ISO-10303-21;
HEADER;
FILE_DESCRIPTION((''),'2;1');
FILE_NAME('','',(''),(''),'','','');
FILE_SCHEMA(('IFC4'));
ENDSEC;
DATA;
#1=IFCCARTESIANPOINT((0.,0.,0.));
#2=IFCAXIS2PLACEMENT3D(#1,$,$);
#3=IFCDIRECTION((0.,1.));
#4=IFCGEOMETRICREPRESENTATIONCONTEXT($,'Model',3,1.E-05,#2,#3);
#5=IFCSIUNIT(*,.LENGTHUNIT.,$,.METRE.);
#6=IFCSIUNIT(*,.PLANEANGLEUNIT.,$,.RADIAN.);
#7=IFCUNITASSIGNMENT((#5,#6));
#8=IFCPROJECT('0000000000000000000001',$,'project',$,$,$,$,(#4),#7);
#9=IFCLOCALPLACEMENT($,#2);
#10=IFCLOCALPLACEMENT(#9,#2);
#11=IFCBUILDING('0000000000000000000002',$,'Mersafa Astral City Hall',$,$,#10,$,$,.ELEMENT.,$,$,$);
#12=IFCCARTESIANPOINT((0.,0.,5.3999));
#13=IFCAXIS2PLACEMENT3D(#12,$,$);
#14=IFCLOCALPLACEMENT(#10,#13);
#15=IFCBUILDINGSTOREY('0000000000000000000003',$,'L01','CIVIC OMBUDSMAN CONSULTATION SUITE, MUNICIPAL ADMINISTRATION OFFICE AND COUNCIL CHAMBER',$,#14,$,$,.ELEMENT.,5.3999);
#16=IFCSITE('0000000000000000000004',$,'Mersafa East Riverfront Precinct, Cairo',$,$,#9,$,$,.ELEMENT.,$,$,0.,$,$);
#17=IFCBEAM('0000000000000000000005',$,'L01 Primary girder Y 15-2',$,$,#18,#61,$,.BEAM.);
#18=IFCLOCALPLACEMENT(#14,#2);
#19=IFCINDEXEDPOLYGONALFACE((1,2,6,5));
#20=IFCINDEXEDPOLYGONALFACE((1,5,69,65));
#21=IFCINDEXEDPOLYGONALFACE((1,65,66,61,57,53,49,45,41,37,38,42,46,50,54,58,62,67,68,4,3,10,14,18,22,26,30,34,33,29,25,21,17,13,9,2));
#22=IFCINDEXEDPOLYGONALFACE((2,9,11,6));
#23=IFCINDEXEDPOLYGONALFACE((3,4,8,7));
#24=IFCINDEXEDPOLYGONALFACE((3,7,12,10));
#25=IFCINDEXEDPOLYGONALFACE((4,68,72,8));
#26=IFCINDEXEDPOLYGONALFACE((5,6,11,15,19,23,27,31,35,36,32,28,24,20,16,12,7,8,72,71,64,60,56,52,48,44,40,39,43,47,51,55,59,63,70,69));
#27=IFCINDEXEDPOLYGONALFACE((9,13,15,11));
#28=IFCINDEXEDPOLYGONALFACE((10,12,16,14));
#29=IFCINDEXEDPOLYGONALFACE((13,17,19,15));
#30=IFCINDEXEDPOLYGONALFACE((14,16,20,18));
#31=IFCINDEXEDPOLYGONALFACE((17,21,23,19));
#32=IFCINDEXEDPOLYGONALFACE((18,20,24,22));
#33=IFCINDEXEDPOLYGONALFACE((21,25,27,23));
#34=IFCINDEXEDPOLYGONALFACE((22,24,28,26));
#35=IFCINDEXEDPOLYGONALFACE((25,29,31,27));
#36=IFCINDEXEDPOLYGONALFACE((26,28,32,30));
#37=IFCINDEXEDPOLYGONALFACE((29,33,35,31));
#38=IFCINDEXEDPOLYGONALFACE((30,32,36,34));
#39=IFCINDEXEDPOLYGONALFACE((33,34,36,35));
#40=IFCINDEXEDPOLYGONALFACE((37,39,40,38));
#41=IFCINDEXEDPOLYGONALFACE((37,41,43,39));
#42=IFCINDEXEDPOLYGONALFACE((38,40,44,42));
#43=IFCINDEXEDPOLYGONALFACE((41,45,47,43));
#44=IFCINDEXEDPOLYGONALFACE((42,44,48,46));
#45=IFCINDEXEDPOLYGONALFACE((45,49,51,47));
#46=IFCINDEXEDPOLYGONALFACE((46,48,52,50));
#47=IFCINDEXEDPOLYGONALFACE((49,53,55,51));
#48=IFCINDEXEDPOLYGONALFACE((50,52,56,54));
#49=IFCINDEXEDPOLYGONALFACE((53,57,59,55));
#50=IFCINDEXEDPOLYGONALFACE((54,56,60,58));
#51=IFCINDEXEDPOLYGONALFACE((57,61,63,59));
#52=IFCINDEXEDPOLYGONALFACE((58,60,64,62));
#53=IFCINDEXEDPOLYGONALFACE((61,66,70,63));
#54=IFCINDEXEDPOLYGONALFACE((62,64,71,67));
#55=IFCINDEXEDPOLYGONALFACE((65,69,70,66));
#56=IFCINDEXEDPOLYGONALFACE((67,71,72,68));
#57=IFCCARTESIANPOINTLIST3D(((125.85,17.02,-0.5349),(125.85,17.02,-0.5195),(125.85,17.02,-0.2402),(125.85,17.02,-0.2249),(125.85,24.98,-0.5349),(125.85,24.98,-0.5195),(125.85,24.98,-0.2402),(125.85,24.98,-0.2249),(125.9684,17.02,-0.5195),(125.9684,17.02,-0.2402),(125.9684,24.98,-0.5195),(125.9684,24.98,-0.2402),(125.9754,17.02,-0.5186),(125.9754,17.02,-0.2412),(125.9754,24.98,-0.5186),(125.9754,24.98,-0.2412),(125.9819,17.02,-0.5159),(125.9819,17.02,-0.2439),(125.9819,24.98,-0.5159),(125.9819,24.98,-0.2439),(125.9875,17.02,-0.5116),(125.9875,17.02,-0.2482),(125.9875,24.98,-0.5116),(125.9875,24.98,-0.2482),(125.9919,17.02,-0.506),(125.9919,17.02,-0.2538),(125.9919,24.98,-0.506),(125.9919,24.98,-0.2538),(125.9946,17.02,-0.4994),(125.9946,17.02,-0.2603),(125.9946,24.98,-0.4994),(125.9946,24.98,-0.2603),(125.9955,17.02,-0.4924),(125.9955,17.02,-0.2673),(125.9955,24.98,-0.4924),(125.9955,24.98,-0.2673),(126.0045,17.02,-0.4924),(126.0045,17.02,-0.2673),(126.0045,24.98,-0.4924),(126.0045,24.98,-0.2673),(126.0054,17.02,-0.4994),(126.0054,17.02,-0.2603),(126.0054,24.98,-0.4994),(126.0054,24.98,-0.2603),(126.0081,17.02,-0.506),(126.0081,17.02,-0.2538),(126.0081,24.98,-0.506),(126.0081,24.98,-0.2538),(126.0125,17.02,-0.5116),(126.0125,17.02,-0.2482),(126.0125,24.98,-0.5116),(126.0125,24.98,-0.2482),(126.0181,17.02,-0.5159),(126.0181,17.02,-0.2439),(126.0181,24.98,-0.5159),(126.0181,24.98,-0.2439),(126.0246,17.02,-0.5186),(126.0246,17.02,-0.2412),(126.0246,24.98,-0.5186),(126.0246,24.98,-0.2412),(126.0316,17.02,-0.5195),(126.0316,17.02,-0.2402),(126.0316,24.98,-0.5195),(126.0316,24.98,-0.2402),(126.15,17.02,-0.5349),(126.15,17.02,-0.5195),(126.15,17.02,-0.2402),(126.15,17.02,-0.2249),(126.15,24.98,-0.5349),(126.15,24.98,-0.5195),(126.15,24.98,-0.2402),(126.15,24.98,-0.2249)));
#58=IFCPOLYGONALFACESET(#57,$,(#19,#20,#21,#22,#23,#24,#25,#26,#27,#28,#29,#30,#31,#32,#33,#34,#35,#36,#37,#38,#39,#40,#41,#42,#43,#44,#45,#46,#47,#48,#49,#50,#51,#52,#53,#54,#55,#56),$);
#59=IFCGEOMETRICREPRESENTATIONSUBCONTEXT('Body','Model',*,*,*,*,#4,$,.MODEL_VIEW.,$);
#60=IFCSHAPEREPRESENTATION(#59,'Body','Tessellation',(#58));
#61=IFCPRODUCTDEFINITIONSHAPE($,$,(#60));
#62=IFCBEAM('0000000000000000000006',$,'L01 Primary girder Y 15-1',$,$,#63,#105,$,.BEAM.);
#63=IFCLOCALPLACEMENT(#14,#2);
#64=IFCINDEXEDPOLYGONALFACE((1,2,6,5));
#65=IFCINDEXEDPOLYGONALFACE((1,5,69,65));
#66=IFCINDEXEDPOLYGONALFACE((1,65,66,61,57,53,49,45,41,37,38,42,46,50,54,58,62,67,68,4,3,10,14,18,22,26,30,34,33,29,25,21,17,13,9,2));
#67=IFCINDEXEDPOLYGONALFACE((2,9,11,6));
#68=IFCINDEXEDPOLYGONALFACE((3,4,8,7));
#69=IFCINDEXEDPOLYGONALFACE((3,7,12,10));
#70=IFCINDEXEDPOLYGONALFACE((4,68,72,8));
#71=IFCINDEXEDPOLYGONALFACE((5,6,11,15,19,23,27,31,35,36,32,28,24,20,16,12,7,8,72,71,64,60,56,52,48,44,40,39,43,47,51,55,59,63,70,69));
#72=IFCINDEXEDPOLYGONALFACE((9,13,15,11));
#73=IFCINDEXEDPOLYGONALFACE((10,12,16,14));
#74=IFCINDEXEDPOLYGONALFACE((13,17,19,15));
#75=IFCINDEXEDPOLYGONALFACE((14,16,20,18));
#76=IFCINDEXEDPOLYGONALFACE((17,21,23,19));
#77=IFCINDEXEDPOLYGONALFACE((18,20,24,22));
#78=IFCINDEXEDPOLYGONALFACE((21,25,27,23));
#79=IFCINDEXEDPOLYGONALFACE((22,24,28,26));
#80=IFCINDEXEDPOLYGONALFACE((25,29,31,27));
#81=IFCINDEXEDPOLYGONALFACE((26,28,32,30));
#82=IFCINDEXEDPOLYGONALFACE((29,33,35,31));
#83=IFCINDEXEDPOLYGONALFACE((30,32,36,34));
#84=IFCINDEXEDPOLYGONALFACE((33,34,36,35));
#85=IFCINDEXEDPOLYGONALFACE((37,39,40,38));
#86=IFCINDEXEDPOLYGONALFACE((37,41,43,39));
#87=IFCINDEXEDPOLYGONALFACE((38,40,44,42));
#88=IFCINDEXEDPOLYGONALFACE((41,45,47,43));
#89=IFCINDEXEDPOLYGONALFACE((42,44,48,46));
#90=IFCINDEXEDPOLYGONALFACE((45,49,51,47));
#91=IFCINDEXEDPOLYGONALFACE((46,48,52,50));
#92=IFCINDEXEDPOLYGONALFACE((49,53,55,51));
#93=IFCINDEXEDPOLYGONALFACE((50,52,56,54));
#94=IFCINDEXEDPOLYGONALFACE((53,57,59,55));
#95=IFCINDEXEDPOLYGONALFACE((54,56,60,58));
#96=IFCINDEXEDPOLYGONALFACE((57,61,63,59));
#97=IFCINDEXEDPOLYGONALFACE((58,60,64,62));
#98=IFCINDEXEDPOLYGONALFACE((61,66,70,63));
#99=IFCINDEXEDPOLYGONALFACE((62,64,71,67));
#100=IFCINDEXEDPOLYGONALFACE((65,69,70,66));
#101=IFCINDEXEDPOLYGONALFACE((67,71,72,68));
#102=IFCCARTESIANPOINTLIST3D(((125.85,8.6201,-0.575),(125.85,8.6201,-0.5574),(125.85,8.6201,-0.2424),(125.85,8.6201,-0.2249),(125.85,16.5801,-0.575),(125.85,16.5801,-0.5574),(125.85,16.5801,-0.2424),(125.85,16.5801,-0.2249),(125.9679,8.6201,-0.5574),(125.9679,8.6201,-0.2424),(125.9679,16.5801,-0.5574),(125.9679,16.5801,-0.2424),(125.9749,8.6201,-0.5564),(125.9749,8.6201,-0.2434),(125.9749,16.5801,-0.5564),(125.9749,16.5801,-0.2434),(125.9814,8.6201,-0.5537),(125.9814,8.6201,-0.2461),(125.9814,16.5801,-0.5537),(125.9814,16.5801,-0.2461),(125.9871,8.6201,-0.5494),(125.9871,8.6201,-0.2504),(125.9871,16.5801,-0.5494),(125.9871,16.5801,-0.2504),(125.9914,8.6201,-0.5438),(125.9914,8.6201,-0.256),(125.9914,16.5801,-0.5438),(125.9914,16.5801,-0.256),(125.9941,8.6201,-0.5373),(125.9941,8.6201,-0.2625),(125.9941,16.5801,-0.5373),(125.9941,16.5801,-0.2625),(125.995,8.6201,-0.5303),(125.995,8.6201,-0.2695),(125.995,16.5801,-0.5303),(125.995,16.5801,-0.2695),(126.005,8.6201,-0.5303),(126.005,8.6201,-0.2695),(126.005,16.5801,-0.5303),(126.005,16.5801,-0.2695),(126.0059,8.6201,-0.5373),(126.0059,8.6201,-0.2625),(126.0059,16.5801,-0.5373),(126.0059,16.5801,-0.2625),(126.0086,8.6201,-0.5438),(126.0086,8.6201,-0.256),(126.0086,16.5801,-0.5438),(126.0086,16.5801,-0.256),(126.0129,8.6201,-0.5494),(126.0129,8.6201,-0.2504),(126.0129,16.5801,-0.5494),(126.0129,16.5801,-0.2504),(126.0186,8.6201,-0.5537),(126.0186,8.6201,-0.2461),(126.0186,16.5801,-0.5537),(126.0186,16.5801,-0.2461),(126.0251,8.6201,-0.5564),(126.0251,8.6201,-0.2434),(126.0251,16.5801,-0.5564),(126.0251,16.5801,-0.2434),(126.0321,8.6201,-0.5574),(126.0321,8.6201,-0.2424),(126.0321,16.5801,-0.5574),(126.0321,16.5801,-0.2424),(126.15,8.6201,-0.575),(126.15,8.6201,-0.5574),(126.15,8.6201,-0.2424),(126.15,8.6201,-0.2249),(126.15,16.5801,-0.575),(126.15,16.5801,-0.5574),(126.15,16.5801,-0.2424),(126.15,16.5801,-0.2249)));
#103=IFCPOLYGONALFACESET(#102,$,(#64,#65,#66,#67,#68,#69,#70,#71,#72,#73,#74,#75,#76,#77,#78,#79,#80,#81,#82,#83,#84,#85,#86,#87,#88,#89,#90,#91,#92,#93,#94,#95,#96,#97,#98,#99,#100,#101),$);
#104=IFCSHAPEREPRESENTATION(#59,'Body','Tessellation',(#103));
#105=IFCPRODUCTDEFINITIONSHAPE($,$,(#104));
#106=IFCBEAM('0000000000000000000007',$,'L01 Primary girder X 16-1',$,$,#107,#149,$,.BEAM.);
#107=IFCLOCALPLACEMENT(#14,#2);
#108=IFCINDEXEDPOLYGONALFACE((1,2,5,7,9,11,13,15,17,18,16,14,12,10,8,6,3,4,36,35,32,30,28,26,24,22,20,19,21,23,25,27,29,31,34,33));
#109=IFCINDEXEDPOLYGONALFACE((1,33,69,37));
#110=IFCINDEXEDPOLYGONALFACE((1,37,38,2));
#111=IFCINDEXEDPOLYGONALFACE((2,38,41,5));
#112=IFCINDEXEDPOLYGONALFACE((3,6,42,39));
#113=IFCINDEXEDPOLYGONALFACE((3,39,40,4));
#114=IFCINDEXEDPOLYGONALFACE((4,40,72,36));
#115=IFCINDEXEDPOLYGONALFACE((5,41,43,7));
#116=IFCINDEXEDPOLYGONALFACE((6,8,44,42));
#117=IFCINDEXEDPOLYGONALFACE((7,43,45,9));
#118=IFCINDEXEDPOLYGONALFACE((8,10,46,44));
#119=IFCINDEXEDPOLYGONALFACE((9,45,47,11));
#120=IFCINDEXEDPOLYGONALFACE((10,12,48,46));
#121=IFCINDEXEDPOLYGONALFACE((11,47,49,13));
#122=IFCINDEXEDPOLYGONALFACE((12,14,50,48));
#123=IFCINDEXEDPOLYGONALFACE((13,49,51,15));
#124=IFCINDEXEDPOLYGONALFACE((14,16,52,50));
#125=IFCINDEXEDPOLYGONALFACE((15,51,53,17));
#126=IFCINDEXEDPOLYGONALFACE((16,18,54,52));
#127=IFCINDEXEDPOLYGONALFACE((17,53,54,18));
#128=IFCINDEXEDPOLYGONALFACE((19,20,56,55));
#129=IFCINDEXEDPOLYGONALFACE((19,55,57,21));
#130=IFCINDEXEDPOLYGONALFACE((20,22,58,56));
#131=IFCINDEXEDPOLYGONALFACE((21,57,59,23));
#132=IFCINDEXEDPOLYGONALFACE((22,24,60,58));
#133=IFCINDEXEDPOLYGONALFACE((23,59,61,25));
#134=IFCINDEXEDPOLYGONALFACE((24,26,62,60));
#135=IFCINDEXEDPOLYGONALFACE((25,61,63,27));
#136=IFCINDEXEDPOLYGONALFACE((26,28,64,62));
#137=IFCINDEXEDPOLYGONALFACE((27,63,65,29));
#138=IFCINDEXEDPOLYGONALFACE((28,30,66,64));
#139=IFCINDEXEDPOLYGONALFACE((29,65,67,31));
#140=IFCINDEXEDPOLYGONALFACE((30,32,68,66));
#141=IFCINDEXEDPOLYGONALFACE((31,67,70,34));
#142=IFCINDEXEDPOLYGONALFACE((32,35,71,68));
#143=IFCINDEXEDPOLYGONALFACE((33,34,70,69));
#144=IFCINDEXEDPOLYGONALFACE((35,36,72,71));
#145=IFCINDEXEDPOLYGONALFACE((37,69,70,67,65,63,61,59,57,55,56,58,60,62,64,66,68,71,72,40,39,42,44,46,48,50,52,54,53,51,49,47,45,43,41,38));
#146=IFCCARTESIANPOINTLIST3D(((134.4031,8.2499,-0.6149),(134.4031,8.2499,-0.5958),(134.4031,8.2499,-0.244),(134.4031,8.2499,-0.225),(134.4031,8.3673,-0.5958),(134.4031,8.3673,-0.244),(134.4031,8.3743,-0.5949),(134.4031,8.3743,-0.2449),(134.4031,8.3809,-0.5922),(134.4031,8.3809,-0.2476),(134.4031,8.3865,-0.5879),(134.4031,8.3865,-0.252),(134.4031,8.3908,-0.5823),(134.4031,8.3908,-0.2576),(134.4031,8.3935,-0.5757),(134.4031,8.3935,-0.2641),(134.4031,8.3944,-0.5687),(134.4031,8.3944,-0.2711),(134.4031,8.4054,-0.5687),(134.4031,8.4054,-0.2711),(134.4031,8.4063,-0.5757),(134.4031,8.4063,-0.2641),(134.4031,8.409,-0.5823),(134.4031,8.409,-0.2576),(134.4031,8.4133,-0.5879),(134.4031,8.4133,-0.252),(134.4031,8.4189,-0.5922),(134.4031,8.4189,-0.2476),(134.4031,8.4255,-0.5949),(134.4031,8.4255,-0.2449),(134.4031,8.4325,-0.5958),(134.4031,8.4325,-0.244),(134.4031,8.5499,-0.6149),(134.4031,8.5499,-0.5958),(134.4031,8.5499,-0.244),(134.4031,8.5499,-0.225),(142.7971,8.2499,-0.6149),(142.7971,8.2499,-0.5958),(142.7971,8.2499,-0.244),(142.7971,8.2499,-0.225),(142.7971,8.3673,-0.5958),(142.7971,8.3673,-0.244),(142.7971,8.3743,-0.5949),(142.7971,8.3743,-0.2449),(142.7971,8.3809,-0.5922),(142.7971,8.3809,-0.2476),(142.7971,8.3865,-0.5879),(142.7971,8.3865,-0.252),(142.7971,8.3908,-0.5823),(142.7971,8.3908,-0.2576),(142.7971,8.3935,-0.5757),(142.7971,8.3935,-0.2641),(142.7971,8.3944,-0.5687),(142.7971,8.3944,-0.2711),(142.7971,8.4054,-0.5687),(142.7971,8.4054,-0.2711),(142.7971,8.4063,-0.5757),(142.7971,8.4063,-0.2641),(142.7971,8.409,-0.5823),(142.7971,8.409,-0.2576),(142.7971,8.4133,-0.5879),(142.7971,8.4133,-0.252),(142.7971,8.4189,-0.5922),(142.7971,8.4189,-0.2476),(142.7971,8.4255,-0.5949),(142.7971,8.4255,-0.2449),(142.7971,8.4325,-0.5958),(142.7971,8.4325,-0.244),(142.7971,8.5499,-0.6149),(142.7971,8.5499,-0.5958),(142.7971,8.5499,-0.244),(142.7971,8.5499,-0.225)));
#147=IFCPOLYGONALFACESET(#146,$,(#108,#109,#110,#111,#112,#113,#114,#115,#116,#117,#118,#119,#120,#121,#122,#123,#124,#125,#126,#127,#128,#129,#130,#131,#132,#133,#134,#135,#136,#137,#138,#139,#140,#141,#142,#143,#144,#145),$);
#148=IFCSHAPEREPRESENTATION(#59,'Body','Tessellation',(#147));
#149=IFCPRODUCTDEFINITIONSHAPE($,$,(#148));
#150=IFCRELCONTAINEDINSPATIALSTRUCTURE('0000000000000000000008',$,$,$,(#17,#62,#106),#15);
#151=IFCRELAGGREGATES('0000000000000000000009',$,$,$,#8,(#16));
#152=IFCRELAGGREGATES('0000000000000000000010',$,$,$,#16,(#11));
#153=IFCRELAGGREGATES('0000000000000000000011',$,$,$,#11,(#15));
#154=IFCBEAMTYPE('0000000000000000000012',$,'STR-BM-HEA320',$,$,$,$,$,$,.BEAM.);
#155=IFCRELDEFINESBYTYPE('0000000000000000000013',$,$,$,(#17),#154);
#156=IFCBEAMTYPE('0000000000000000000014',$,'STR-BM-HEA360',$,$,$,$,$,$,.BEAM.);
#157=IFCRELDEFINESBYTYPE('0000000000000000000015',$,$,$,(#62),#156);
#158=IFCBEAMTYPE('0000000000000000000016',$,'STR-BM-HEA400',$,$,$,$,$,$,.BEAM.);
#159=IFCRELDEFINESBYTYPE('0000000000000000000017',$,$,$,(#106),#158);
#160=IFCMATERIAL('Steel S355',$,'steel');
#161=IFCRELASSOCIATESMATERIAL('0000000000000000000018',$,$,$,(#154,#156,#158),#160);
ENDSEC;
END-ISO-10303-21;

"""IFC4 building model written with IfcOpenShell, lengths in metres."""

from ifc_helpers import new_model, si_unit, direction, frame, origin, origin_2d, place, context, subcontext, project, spatial, i_section, extrude, material, material_profile, profile_set, type_object, element, save


model = new_model("IFC4")

# Units and contexts
model_context = context("Model", 3, precision=1e-05, world=origin(), true_north=direction((0.0, 1.0)))
body_context = subcontext(model_context, "Body", "Model", "MODEL_VIEW")
ifc_project = project(units=[si_unit("LENGTHUNIT", "METRE"), si_unit("PLANEANGLEUNIT", "RADIAN")], contexts=[model_context])

# Site, building, storey
site_placement = place(None, origin())
site = spatial("IfcSite", under=ifc_project, at=site_placement, Name="Mersafa East Riverfront Precinct, Cairo", CompositionType="ELEMENT", RefElevation=0.0)
building_placement = place(site_placement, origin())
building = spatial("IfcBuilding", under=site, at=building_placement, Name="Mersafa Astral City Hall", CompositionType="ELEMENT")
storey_placement = place(building_placement, frame((0.0, 0.0, 5.3999)))
storey = spatial("IfcBuildingStorey", under=building, at=storey_placement, Name="L01", Description="CIVIC OMBUDSMAN CONSULTATION SUITE, MUNICIPAL ADMINISTRATION OFFICE AND COUNCIL CHAMBER", CompositionType="ELEMENT", Elevation=5.3999)

# Shared definitions
ifc_material_1 = material(Name="Steel S355", Category="steel")

# Beams
ifc_material_profile_1 = material_profile(ifc_material_1, i_section(OverallWidth=0.3, OverallDepth=0.3101, WebThickness=0.009, FlangeThickness=0.0154, FilletRadius=0.0271, at=origin_2d()), Name="HEA 320")
ifc_profile_set_1 = profile_set([ifc_material_profile_1], Name="Steel S355")
beam_type_1 = type_object("IfcBeamType", Name="STR-BM-HEA320", PredefinedType="BEAM", material=ifc_profile_set_1)
beam_1_placement = place(storey_placement, frame((126.0, 17.02, -0.3799), z_axis=(0.0, 1.0, 0.0), x_axis=(-1.0, 0.0, 0.0)))
element("IfcBeam", 1, at=beam_1_placement, inside=storey, type_object=beam_type_1, Name="L01 Primary girder Y 15-2", PredefinedType="BEAM", context=body_context, shape_type="SweptSolid", body=[
    extrude(i_section(OverallWidth=0.3, OverallDepth=0.3101, WebThickness=0.009, FlangeThickness=0.0154, FilletRadius=0.0271, at=origin_2d()), origin(), (0.0, 0.0, 1.0), 7.96),
])
ifc_material_profile_2 = material_profile(ifc_material_1, i_section(OverallWidth=0.3, OverallDepth=0.3501, WebThickness=0.01, FlangeThickness=0.0176, FilletRadius=0.0271, at=origin_2d()), Name="HEA 360")
ifc_profile_set_2 = profile_set([ifc_material_profile_2], Name="Steel S355")
beam_type_2 = type_object("IfcBeamType", Name="STR-BM-HEA360", PredefinedType="BEAM", material=ifc_profile_set_2)
beam_2_placement = place(storey_placement, frame((126.0, 8.6201, -0.3999), z_axis=(0.0, 1.0, 0.0), x_axis=(-1.0, 0.0, 0.0)))
element("IfcBeam", 2, at=beam_2_placement, inside=storey, type_object=beam_type_2, Name="L01 Primary girder Y 15-1", PredefinedType="BEAM", context=body_context, shape_type="SweptSolid", body=[
    extrude(i_section(OverallWidth=0.3, OverallDepth=0.3501, WebThickness=0.01, FlangeThickness=0.0176, FilletRadius=0.0271, at=origin_2d()), origin(), (0.0, 0.0, 1.0), 7.96),
])
ifc_material_profile_3 = material_profile(ifc_material_1, i_section(OverallWidth=0.3, OverallDepth=0.3899, WebThickness=0.011, FlangeThickness=0.019, FilletRadius=0.0271, at=origin_2d()), Name="HEA 400")
ifc_profile_set_3 = profile_set([ifc_material_profile_3], Name="Steel S355")
beam_type_3 = type_object("IfcBeamType", Name="STR-BM-HEA400", PredefinedType="BEAM", material=ifc_profile_set_3)
beam_3_placement = place(storey_placement, frame((134.4031, 8.3999, -0.4199), z_axis=(1.0, 0.0, 0.0), x_axis=(0.0, 1.0, 0.0)))
element("IfcBeam", 3, at=beam_3_placement, inside=storey, type_object=beam_type_3, Name="L01 Primary girder X 16-1", PredefinedType="BEAM", context=body_context, shape_type="SweptSolid", body=[
    extrude(i_section(OverallWidth=0.3, OverallDepth=0.3899, WebThickness=0.011, FlangeThickness=0.019, FilletRadius=0.0271, at=origin_2d()), origin(), (0.0, 0.0, 1.0), 8.394),
])

save(model, "model.ifc")
